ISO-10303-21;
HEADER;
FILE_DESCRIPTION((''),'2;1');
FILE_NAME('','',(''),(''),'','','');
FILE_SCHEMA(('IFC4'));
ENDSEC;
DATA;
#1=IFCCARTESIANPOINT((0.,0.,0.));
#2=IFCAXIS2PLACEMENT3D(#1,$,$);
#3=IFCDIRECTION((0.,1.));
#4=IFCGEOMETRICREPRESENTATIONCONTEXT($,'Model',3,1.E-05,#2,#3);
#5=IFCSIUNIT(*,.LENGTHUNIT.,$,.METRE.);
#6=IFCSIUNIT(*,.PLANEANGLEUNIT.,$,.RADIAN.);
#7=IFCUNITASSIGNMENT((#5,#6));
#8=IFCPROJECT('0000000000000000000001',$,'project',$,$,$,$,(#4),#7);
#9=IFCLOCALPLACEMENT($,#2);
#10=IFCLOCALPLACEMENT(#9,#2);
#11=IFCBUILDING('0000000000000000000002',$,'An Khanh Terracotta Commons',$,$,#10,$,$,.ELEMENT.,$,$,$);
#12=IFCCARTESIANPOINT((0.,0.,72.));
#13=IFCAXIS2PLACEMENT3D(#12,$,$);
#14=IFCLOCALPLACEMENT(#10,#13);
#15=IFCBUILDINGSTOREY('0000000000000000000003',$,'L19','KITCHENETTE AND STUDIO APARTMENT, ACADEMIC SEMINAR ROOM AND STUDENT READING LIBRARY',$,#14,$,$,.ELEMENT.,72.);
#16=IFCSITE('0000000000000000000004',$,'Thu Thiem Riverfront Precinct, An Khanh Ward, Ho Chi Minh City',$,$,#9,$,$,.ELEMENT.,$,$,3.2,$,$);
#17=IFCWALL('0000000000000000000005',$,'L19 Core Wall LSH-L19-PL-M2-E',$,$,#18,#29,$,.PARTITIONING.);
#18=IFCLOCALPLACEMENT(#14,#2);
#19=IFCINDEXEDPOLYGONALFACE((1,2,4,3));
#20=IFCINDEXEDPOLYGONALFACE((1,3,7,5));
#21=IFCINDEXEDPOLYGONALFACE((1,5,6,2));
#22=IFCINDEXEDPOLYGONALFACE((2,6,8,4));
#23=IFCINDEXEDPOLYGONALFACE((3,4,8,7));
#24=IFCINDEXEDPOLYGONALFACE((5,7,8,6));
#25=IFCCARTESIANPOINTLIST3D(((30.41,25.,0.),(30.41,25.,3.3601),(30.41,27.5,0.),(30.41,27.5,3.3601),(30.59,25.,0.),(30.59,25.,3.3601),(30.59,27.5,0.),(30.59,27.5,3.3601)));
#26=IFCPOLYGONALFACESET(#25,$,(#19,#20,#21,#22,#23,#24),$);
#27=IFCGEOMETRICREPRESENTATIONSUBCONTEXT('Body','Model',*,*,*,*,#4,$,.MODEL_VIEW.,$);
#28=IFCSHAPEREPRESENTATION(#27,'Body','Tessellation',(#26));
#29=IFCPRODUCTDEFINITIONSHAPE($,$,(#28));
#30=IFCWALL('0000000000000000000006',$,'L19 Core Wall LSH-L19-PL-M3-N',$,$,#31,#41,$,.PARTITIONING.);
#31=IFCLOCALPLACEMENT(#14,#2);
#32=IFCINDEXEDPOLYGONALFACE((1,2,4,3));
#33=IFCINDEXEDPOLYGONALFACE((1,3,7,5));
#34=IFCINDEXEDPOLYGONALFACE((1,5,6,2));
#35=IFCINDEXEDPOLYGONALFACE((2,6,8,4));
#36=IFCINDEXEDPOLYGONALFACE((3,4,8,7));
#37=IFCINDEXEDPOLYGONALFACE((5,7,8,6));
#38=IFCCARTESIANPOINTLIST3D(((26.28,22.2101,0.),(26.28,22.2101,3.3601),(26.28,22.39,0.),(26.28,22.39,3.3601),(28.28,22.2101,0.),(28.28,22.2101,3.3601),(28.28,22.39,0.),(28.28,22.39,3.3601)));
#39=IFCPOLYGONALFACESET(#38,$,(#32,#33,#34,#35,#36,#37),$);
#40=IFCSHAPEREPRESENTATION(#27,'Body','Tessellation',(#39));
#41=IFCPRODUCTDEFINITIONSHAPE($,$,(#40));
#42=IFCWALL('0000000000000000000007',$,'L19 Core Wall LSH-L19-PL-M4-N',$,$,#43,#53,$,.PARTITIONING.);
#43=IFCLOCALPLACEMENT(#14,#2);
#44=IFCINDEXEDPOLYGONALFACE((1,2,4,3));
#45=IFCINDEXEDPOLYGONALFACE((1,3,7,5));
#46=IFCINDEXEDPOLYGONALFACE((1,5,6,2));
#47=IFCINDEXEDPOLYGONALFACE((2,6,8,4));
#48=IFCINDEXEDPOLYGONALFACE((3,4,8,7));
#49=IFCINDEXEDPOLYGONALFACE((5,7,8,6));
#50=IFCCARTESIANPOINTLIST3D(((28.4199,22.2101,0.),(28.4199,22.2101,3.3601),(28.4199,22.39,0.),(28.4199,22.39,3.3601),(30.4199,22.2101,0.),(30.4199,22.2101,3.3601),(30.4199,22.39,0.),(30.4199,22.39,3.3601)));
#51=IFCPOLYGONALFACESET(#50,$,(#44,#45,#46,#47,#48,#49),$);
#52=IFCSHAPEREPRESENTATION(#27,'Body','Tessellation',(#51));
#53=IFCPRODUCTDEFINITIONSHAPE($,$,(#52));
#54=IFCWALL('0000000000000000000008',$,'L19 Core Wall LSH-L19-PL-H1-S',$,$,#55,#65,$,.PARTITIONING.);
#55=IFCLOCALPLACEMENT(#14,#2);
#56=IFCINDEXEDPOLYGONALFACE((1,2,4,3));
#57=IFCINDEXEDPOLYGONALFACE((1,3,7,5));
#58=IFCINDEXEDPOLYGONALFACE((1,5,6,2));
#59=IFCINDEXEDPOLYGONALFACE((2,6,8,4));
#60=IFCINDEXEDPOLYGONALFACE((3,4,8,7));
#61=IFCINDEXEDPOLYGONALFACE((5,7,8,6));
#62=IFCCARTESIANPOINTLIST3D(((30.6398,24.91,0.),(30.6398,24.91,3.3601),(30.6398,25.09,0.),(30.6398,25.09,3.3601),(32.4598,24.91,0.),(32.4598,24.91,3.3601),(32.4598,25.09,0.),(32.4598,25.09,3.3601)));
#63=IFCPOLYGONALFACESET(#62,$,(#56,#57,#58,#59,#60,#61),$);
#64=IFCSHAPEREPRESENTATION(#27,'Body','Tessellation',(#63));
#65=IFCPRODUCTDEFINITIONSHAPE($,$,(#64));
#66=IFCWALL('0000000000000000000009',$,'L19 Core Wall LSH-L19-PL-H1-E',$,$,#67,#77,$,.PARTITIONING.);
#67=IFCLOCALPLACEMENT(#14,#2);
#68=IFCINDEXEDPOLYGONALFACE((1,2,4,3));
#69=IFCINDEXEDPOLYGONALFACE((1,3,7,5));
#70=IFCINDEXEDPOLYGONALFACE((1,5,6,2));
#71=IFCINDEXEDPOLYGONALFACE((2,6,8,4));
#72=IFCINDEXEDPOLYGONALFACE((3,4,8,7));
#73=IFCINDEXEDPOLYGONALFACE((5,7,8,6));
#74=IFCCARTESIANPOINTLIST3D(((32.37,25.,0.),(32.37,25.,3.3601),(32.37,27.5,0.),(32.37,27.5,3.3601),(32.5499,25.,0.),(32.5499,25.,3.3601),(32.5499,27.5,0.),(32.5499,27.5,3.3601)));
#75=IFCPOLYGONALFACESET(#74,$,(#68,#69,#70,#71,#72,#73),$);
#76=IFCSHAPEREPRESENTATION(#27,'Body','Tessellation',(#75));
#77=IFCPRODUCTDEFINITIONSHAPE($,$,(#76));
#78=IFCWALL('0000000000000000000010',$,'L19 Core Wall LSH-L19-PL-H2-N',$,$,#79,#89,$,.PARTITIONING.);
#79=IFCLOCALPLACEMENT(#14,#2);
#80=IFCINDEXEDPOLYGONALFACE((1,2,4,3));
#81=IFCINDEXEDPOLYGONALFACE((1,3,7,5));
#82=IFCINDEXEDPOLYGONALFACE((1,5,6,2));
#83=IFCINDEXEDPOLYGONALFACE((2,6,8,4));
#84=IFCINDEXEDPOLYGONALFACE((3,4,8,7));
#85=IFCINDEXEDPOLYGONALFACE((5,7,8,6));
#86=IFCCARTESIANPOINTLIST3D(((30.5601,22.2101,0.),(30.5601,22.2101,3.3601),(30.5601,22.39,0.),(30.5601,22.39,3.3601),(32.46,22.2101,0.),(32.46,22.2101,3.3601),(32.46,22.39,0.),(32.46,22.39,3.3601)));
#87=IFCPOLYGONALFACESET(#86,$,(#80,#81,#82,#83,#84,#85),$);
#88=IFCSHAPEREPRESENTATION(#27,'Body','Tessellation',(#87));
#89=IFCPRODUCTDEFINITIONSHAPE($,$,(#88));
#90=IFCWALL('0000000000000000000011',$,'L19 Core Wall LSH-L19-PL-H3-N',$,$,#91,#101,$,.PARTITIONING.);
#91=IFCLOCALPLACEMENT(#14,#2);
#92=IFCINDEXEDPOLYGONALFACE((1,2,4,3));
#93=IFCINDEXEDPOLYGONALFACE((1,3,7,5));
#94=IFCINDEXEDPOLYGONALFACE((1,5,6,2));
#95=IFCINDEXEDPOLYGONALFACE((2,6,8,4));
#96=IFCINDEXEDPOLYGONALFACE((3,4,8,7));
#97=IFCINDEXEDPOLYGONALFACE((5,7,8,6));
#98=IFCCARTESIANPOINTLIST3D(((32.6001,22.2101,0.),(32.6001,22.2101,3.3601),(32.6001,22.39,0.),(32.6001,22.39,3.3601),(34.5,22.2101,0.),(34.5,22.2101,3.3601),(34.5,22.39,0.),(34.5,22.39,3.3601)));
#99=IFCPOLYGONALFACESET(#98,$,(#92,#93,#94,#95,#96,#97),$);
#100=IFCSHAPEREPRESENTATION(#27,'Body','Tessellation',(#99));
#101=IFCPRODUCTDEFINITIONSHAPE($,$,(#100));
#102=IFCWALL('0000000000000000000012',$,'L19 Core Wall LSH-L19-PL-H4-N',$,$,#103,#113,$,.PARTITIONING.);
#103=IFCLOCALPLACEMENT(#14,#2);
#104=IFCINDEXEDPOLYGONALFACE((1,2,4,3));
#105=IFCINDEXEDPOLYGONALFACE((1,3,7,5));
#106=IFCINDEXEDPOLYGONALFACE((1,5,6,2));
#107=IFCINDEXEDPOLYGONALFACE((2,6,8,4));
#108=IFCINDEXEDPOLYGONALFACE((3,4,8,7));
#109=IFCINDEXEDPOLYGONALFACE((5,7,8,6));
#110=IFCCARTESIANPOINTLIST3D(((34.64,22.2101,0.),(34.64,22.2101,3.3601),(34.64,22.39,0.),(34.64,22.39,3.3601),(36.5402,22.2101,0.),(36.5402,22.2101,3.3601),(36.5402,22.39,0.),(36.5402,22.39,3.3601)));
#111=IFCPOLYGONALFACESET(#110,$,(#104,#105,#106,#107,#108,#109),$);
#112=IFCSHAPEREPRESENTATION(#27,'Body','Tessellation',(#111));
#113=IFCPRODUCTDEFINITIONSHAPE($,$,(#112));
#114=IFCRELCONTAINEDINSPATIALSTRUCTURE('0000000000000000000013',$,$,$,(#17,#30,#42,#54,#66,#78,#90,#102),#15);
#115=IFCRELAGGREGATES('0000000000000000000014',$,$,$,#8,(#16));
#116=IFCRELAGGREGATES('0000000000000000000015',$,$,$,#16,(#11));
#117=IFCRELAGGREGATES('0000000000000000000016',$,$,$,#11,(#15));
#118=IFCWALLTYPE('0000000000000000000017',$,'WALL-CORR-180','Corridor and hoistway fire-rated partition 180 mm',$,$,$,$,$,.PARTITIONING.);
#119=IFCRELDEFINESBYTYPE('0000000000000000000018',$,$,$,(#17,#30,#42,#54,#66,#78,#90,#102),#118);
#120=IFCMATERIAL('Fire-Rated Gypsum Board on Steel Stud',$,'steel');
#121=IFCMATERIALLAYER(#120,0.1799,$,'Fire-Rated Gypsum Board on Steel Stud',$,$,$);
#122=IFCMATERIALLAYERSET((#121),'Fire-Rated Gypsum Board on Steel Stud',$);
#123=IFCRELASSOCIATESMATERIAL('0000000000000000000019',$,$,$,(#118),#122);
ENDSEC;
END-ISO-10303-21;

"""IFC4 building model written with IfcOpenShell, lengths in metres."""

from ifc_helpers import new_model, si_unit, direction, frame, frame_2d, origin, place, context, subcontext, project, spatial, rectangle, extrude, material, layer, layer_set, type_object, element, save


model = new_model("IFC4")

# Units and contexts
model_context = context("Model", 3, precision=1e-05, world=origin(), true_north=direction((0.0, 1.0)))
body_context = subcontext(model_context, "Body", "Model", "MODEL_VIEW")
ifc_project = project(units=[si_unit("LENGTHUNIT", "METRE"), si_unit("PLANEANGLEUNIT", "RADIAN")], contexts=[model_context])

# Site, building, storey
site_placement = place(None, origin())
site = spatial("IfcSite", under=ifc_project, at=site_placement, Name="Thu Thiem Riverfront Precinct, An Khanh Ward, Ho Chi Minh City", CompositionType="ELEMENT", RefElevation=3.2)
building_placement = place(site_placement, origin())
building = spatial("IfcBuilding", under=site, at=building_placement, Name="An Khanh Terracotta Commons", CompositionType="ELEMENT")
storey_placement = place(building_placement, frame((0.0, 0.0, 72.0)))
storey = spatial("IfcBuildingStorey", under=building, at=storey_placement, Name="L19", Description="KITCHENETTE AND STUDIO APARTMENT, ACADEMIC SEMINAR ROOM AND STUDENT READING LIBRARY", CompositionType="ELEMENT", Elevation=72.0)

# Walls
ifc_material_1 = material(Name="Fire-Rated Gypsum Board on Steel Stud", Category="steel")
ifc_layer = layer(ifc_material_1, 0.1799, Name="Fire-Rated Gypsum Board on Steel Stud")
ifc_layer_set = layer_set([ifc_layer], Name="Fire-Rated Gypsum Board on Steel Stud")
wall_type = type_object("IfcWallType", Name="WALL-CORR-180", Description="Corridor and hoistway fire-rated partition 180 mm", PredefinedType="PARTITIONING", material=ifc_layer_set)
wall_1_placement = place(storey_placement, frame((30.5, 25.0, 0.0), z_axis=(0.0, 0.0, 1.0), x_axis=(0.0, 1.0, 0.0)))
element("IfcWall", 1, at=wall_1_placement, inside=storey, type_object=wall_type, Name="L19 Core Wall LSH-L19-PL-M2-E", PredefinedType="PARTITIONING", context=body_context, shape_type="SweptSolid", body=[
    extrude(rectangle(XDim=2.5, YDim=0.1799, at=frame_2d((1.25, 0.0))), origin(), (0.0, 0.0, 1.0), 3.3601),
])
for number, where, z_axis, x_axis, name in (
    (2, (26.28, 22.3, 0.0), (0.0, 0.0, 1.0), (1.0, 0.0, 0.0), "L19 Core Wall LSH-L19-PL-M3-N"),
    (3, (28.4199, 22.3, 0.0), (0.0, 0.0, 1.0), (1.0, 0.0, 0.0), "L19 Core Wall LSH-L19-PL-M4-N"),
):
    element("IfcWall", number, at=place(storey_placement, frame(where, z_axis=z_axis, x_axis=x_axis)), inside=storey, type_object=wall_type, Name=name, PredefinedType="PARTITIONING", context=body_context, shape_type="SweptSolid", body=[
        extrude(rectangle(XDim=2.0, YDim=0.1799, at=frame_2d((1.0, 0.0))), origin(), (0.0, 0.0, 1.0), 3.3601),
    ])
wall_2_placement = place(storey_placement, frame((32.46, 25.0, 0.0), z_axis=(0.0, 0.0, 1.0), x_axis=(-1.0, 0.0, 0.0)))
element("IfcWall", 4, at=wall_2_placement, inside=storey, type_object=wall_type, Name="L19 Core Wall LSH-L19-PL-H1-S", PredefinedType="PARTITIONING", context=body_context, shape_type="SweptSolid", body=[
    extrude(rectangle(XDim=1.8201, YDim=0.1799, at=frame_2d((0.9102, 0.0))), origin(), (0.0, 0.0, 1.0), 3.3601),
])
wall_3_placement = place(storey_placement, frame((32.46, 25.0, 0.0), z_axis=(0.0, 0.0, 1.0), x_axis=(0.0, 1.0, 0.0)))
element("IfcWall", 5, at=wall_3_placement, inside=storey, type_object=wall_type, Name="L19 Core Wall LSH-L19-PL-H1-E", PredefinedType="PARTITIONING", context=body_context, shape_type="SweptSolid", body=[
    extrude(rectangle(XDim=2.5, YDim=0.1799, at=frame_2d((1.25, 0.0))), origin(), (0.0, 0.0, 1.0), 3.3601),
])
for number, where, z_axis, x_axis, name in (
    (6, (30.5601, 22.3, 0.0), (0.0, 0.0, 1.0), (1.0, 0.0, 0.0), "L19 Core Wall LSH-L19-PL-H2-N"),
    (7, (32.6001, 22.3, 0.0), (0.0, 0.0, 1.0), (1.0, 0.0, 0.0), "L19 Core Wall LSH-L19-PL-H3-N"),
):
    element("IfcWall", number, at=place(storey_placement, frame(where, z_axis=z_axis, x_axis=x_axis)), inside=storey, type_object=wall_type, Name=name, PredefinedType="PARTITIONING", context=body_context, shape_type="SweptSolid", body=[
        extrude(rectangle(XDim=1.8999, YDim=0.1799, at=frame_2d((0.95, 0.0))), origin(), (0.0, 0.0, 1.0), 3.3601),
    ])
wall_4_placement = place(storey_placement, frame((34.6399, 22.3, 0.0), z_axis=(0.0, 0.0, 1.0), x_axis=(1.0, 0.0, 0.0)))
element("IfcWall", 8, at=wall_4_placement, inside=storey, type_object=wall_type, Name="L19 Core Wall LSH-L19-PL-H4-N", PredefinedType="PARTITIONING", context=body_context, shape_type="SweptSolid", body=[
    extrude(rectangle(XDim=1.9001, YDim=0.1799, at=frame_2d((0.9502, 0.0))), origin(), (0.0, 0.0, 1.0), 3.3601),
])

save(model, "model.ifc")
